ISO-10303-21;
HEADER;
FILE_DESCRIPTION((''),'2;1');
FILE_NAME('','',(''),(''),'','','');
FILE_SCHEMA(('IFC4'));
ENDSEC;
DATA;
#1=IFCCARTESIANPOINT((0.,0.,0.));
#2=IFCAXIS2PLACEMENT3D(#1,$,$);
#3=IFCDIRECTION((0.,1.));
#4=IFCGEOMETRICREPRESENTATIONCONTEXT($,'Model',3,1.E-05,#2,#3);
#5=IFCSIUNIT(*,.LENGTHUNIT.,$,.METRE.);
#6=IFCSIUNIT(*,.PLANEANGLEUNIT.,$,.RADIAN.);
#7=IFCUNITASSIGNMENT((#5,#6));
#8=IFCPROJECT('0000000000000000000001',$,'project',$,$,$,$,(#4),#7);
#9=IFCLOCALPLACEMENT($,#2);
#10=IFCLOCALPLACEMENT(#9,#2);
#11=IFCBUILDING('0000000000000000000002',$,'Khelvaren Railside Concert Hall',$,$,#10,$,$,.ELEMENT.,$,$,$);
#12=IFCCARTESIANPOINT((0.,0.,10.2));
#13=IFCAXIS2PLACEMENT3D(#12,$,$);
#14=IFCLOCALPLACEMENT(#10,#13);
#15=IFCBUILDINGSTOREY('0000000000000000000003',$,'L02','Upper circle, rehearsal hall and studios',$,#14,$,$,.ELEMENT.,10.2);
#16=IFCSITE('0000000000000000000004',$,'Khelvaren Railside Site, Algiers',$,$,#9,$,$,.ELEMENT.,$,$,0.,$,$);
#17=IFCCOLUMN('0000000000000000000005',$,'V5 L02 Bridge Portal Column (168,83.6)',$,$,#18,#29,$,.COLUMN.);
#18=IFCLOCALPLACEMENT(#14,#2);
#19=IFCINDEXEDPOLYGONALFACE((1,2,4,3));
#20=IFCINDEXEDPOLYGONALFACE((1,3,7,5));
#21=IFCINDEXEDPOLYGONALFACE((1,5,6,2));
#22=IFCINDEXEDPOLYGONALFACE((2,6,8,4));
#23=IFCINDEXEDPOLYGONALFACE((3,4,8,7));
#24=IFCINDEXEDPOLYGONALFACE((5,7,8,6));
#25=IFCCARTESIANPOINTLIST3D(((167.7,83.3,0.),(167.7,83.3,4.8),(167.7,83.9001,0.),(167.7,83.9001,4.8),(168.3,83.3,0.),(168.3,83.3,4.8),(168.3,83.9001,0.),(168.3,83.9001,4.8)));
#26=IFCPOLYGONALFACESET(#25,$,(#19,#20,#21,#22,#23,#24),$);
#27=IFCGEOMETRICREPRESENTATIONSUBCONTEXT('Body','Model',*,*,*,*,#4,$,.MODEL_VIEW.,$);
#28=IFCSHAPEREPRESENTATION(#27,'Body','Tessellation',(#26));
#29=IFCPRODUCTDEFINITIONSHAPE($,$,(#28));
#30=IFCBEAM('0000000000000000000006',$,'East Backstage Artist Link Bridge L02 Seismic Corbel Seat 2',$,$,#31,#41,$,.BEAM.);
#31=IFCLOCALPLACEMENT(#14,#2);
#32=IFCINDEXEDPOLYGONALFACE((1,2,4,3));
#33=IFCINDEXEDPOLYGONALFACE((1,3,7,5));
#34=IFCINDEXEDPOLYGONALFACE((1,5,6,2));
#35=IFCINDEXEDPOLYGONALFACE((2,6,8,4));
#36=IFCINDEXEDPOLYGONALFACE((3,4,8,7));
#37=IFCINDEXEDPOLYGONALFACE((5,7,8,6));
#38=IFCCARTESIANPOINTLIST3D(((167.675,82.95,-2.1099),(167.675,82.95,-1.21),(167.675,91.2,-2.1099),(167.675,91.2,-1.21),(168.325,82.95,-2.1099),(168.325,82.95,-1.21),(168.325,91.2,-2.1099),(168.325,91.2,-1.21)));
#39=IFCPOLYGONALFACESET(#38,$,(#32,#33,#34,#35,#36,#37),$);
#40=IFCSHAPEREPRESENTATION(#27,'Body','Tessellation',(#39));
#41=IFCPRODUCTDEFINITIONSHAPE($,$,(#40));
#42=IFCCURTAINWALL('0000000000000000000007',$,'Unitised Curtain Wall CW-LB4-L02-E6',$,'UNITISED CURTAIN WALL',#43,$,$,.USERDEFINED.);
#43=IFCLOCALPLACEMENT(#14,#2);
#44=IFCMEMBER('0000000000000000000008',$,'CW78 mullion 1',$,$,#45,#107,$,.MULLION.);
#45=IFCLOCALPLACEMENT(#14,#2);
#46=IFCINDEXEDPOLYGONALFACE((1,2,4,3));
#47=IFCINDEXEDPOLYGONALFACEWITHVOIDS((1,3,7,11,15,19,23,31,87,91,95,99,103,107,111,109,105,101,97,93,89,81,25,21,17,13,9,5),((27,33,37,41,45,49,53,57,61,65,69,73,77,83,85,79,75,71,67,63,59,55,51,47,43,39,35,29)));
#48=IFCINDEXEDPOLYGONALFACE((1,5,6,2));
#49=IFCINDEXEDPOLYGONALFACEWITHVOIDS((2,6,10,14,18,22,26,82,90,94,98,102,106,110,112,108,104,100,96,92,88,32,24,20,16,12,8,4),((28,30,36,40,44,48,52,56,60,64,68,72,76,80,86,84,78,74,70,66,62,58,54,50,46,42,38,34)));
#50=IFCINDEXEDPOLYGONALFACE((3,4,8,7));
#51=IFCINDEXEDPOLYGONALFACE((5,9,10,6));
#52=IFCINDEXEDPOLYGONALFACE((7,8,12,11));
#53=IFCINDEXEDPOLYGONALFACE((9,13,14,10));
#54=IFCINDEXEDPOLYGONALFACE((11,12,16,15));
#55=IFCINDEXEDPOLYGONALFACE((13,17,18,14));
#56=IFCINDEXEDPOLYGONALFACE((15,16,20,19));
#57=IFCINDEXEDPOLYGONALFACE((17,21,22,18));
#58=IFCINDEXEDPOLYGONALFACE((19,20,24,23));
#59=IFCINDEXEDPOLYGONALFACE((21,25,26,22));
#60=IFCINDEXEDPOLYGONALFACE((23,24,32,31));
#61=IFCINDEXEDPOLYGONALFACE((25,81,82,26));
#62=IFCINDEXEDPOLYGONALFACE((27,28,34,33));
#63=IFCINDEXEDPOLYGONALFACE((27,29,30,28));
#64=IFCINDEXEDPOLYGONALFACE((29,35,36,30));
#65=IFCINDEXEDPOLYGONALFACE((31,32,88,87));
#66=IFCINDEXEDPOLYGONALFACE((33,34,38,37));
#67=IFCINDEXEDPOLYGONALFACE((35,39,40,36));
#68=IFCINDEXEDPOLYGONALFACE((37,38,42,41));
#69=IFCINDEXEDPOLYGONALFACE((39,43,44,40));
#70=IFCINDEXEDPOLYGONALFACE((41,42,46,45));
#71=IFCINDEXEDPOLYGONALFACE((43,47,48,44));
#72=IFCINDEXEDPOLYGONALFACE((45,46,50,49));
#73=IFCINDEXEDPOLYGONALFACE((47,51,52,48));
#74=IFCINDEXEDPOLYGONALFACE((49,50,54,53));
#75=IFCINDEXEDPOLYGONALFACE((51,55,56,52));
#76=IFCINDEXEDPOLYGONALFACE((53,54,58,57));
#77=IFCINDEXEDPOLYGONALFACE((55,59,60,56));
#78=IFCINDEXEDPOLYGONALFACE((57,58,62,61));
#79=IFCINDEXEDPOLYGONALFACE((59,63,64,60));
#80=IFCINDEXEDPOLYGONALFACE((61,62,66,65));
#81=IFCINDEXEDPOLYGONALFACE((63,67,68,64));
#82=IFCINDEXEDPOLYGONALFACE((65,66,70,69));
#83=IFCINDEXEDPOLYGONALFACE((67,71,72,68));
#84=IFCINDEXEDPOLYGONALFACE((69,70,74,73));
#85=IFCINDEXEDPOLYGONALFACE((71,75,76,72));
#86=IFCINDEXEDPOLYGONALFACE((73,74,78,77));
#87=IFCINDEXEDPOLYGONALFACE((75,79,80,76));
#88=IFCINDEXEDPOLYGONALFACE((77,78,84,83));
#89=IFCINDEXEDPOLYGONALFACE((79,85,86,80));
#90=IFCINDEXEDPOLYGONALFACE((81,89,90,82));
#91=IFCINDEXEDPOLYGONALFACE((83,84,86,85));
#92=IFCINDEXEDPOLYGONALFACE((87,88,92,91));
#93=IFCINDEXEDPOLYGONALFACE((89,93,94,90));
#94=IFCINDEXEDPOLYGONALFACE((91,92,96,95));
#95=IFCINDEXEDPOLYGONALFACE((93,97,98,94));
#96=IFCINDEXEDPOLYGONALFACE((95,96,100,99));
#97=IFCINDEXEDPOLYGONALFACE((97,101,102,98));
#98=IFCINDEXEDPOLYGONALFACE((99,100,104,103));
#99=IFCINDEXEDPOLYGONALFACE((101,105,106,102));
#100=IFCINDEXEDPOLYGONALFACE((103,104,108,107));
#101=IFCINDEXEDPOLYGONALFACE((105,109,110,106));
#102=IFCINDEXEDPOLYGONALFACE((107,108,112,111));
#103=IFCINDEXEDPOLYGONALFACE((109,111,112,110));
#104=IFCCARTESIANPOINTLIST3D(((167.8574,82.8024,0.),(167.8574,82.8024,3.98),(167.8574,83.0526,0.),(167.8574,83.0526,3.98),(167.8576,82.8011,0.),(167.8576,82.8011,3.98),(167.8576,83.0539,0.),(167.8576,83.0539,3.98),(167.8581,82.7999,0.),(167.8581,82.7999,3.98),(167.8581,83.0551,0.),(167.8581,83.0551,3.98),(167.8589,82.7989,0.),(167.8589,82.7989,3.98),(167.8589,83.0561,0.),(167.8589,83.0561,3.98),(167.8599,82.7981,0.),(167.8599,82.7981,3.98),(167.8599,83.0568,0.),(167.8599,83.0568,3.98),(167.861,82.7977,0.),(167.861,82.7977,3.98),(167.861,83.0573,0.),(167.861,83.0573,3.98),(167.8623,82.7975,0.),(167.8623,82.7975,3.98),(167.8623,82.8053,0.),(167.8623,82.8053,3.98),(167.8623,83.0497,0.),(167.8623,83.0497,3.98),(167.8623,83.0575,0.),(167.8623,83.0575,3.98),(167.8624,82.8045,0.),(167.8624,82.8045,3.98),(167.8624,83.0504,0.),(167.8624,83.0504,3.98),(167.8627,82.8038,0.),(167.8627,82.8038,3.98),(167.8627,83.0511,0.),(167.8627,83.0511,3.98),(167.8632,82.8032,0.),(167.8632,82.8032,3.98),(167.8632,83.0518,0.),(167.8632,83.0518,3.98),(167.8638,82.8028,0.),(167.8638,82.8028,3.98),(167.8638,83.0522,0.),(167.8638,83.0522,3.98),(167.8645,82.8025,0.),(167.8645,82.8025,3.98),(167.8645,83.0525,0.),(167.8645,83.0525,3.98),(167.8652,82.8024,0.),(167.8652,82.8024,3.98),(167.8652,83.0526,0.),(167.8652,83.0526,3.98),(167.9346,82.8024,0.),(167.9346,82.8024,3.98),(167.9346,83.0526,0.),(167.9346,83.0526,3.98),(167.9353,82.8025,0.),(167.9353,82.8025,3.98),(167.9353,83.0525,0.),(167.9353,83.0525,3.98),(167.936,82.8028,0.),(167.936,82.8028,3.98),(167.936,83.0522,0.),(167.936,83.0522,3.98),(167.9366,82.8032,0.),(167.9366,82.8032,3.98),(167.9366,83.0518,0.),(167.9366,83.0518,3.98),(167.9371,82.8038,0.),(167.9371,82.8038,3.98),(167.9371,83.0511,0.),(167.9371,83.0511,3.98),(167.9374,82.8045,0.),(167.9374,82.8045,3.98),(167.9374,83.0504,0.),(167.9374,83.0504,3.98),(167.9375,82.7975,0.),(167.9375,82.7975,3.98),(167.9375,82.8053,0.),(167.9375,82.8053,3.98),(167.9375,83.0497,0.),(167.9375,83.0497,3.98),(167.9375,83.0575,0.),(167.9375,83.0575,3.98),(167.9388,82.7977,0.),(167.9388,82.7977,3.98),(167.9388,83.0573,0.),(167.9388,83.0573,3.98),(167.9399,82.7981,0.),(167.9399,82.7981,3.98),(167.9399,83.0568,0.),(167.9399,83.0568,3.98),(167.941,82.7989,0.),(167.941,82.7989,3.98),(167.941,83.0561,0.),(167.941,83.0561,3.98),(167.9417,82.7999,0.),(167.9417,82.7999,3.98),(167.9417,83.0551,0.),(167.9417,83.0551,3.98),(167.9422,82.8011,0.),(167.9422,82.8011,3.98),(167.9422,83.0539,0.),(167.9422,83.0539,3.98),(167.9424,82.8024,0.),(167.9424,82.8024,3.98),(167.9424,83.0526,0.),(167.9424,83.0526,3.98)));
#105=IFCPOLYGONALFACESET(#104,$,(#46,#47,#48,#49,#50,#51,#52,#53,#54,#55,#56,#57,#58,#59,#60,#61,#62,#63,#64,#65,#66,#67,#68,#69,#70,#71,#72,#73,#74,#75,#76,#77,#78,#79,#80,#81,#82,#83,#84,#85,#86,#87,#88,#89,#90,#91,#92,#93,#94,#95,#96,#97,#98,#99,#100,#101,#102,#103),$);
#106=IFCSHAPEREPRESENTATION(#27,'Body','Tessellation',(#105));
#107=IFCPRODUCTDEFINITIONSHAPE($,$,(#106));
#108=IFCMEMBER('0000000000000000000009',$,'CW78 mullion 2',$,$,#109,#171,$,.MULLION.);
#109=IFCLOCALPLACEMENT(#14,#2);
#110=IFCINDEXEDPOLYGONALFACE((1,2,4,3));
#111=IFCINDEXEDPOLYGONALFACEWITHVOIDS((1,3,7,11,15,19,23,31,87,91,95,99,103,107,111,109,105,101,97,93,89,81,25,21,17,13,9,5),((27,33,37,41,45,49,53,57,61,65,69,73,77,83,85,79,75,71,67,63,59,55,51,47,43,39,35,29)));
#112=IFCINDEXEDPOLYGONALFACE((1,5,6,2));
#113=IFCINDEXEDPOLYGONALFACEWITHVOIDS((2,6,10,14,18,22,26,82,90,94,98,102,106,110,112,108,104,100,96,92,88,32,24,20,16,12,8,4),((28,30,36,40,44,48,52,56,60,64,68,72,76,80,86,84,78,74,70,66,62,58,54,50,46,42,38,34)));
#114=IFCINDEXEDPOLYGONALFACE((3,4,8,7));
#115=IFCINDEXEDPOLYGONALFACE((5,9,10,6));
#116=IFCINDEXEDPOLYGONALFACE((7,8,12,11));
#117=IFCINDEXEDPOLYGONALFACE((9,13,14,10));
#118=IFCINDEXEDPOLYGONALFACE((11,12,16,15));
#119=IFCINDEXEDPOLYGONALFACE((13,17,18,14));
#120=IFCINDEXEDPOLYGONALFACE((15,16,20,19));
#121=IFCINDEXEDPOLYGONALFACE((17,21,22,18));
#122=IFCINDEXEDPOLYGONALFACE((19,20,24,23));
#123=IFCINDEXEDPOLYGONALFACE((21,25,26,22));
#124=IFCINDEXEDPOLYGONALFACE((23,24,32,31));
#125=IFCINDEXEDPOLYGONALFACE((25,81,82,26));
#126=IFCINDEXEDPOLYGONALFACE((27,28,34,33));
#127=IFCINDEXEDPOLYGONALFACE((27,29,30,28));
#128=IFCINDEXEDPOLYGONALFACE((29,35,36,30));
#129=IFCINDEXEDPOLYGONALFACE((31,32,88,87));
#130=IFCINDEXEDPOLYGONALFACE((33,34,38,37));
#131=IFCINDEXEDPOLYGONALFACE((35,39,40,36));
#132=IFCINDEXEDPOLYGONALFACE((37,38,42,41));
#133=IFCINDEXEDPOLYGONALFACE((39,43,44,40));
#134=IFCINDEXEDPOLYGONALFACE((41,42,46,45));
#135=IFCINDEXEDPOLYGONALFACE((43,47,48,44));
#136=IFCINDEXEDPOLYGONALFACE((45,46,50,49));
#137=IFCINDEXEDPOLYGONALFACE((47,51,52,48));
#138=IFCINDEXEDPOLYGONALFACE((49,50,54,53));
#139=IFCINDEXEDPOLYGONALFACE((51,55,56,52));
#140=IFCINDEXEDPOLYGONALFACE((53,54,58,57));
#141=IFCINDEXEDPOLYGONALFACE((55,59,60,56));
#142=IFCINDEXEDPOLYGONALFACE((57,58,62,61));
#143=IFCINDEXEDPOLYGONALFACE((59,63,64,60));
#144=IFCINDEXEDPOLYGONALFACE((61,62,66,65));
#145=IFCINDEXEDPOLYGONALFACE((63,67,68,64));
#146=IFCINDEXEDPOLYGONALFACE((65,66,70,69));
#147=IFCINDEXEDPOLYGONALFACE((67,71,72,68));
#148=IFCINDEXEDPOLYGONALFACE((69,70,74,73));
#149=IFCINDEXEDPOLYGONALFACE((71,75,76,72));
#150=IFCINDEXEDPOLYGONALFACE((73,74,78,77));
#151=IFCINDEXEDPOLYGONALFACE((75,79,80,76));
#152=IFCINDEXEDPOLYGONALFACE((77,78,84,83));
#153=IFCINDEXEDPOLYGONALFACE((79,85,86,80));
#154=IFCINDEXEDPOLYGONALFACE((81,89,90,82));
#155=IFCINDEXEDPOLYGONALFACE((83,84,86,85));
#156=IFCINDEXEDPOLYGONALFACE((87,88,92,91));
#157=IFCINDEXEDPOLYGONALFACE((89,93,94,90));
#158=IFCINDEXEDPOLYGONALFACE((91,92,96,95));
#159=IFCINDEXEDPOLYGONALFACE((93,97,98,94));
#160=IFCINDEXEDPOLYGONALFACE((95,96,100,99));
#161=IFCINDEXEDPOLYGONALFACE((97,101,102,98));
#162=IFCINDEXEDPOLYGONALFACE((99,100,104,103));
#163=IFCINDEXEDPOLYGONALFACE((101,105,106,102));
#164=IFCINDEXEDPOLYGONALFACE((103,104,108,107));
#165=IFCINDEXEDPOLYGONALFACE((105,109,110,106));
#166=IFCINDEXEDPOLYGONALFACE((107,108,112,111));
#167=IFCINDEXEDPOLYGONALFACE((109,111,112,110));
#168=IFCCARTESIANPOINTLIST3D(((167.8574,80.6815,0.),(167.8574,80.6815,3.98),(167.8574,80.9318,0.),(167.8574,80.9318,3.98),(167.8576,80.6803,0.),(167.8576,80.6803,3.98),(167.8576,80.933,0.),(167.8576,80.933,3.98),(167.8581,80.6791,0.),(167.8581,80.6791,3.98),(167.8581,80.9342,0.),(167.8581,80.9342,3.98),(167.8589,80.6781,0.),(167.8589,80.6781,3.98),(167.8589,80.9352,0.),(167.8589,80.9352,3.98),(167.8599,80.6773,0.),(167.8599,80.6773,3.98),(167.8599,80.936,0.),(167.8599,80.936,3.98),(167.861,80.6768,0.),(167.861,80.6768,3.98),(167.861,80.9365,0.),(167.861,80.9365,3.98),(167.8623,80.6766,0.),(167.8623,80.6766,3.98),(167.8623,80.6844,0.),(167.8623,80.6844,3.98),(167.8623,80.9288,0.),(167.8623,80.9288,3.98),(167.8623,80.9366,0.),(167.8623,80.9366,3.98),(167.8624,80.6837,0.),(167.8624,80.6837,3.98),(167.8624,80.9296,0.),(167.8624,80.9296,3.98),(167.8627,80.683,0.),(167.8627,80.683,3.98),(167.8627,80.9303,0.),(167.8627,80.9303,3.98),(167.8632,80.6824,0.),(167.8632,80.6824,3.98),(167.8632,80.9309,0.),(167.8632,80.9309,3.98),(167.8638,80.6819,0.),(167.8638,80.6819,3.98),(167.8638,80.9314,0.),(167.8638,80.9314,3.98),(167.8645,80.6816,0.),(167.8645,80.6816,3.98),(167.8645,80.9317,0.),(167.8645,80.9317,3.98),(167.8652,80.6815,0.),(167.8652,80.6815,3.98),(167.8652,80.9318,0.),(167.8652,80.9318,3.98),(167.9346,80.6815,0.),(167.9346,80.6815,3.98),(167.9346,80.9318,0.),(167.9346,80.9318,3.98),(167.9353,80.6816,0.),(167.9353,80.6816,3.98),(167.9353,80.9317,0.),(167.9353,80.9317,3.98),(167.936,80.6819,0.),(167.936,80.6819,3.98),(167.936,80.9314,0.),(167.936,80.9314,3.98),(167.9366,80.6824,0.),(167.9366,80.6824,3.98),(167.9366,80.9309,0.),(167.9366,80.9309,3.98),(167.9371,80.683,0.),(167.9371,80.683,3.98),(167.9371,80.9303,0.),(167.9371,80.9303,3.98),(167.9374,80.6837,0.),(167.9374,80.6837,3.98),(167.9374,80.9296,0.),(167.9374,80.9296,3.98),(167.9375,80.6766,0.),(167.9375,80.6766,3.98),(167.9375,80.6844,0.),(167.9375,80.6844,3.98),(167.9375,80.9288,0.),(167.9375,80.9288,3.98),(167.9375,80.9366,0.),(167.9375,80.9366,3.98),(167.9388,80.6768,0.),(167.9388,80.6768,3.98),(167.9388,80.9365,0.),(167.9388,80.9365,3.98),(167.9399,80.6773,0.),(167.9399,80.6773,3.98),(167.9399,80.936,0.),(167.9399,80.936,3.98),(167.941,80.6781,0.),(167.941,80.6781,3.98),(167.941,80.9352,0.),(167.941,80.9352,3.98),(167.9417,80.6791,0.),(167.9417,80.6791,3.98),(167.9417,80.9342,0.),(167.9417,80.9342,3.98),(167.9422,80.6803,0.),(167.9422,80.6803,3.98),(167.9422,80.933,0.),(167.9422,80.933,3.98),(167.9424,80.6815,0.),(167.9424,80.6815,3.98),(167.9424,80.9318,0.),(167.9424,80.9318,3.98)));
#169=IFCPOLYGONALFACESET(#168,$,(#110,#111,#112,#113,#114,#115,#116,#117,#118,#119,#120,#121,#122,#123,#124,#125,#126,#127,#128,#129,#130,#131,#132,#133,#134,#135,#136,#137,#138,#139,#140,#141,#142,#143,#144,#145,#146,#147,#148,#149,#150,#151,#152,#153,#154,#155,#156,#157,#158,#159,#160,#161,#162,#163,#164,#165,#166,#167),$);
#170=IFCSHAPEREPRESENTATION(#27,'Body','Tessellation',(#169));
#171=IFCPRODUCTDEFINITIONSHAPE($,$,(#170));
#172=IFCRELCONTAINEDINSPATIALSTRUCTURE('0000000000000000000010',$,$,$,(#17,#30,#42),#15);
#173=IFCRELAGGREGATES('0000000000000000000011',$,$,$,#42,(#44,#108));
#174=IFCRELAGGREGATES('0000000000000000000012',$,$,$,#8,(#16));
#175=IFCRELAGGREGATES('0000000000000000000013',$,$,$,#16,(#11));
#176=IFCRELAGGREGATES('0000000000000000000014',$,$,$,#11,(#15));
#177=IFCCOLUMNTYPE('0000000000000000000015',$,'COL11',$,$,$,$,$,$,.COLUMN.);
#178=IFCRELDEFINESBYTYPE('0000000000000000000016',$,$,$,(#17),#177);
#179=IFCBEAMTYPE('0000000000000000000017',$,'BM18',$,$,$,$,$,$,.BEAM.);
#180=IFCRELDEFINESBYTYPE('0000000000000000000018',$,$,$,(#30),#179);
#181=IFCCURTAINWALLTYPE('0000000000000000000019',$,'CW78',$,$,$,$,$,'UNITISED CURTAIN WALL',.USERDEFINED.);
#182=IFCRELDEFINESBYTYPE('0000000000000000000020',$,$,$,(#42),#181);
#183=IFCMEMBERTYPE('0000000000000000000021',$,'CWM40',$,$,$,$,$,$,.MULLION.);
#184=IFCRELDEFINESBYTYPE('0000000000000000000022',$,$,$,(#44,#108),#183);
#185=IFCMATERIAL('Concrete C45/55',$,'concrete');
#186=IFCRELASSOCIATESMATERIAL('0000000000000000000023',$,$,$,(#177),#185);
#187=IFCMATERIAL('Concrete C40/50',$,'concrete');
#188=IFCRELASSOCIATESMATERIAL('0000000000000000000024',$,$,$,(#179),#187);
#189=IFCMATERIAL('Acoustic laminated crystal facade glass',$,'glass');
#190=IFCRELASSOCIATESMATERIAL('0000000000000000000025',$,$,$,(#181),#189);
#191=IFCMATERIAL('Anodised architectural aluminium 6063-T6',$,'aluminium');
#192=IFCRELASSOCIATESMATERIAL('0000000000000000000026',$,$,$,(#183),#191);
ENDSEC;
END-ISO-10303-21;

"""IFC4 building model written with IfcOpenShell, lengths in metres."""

from ifc_helpers import new_model, si_unit, direction, frame, origin, origin_2d, place, context, subcontext, project, spatial, rectangle, hollow_rectangle, extrude, material, material_profile, profile_set, type_object, element, aggregate, save


model = new_model("IFC4")

# Units and contexts
model_context = context("Model", 3, precision=1e-05, world=origin(), true_north=direction((0.0, 1.0)))
body_context = subcontext(model_context, "Body", "Model", "MODEL_VIEW")
ifc_project = project(units=[si_unit("LENGTHUNIT", "METRE"), si_unit("PLANEANGLEUNIT", "RADIAN")], contexts=[model_context])

# Site, building, storey
site_placement = place(None, origin())
site = spatial("IfcSite", under=ifc_project, at=site_placement, Name="Khelvaren Railside Site, Algiers", CompositionType="ELEMENT", RefElevation=0.0)
building_placement = place(site_placement, origin())
building = spatial("IfcBuilding", under=site, at=building_placement, Name="Khelvaren Railside Concert Hall", CompositionType="ELEMENT")
storey_placement = place(building_placement, frame((0.0, 0.0, 10.2)))
storey = spatial("IfcBuildingStorey", under=building, at=storey_placement, Name="L02", Description="Upper circle, rehearsal hall and studios", CompositionType="ELEMENT", Elevation=10.2)

# Column
ifc_material_1 = material(Name="Concrete C45/55", Category="concrete")
ifc_material_profile_1 = material_profile(ifc_material_1, rectangle(XDim=0.6001, YDim=0.6001, at=origin_2d()), Name="RC 600x600")
ifc_profile_set_1 = profile_set([ifc_material_profile_1], Name="Concrete C45/55")
column_type = type_object("IfcColumnType", Name="COL11", PredefinedType="COLUMN", material=ifc_profile_set_1)
column_placement = place(storey_placement, frame((168.0, 83.6001, 0.0), z_axis=(0.0, 0.0, 1.0), x_axis=(1.0, 0.0, 0.0)))
element("IfcColumn", 1, at=column_placement, inside=storey, type_object=column_type, Name="V5 L02 Bridge Portal Column (168,83.6)", PredefinedType="COLUMN", context=body_context, shape_type="SweptSolid", body=[
    extrude(rectangle(XDim=0.6001, YDim=0.6001, at=origin_2d()), origin(), (0.0, 0.0, 1.0), 4.8),
])

# Beam
ifc_material_2 = material(Name="Concrete C40/50", Category="concrete")
ifc_material_profile_2 = material_profile(ifc_material_2, rectangle(XDim=0.6499, YDim=0.8999, at=origin_2d()), Name="RCB 650x900")
ifc_profile_set_2 = profile_set([ifc_material_profile_2], Name="Concrete C40/50")
beam_type_1 = type_object("IfcBeamType", Name="BM18", PredefinedType="BEAM", material=ifc_profile_set_2)
beam_1_placement = place(storey_placement, frame((168.0, 82.95, -1.6599), z_axis=(0.0, 1.0, 0.0), x_axis=(-1.0, 0.0, 0.0)))
element("IfcBeam", 2, at=beam_1_placement, inside=storey, type_object=beam_type_1, Name="East Backstage Artist Link Bridge L02 Seismic Corbel Seat 2", PredefinedType="BEAM", context=body_context, shape_type="SweptSolid", body=[
    extrude(rectangle(XDim=0.6499, YDim=0.8999, at=origin_2d()), origin(), (0.0, 0.0, 1.0), 8.25),
])

# Curtain wall, members
ifc_material_3 = material(Name="Acoustic laminated crystal facade glass", Category="glass")
curtain_wall_type = type_object("IfcCurtainWallType", Name="CW78", ElementType="UNITISED CURTAIN WALL", PredefinedType="USERDEFINED", material=ifc_material_3)
curtain_wall_placement = place(storey_placement, origin())
curtain_wall = element("IfcCurtainWall", 3, at=curtain_wall_placement, inside=storey, type_object=curtain_wall_type, Name="Unitised Curtain Wall CW-LB4-L02-E6", ObjectType="UNITISED CURTAIN WALL", PredefinedType="USERDEFINED")
ifc_material_4 = material(Name="Anodised architectural aluminium 6063-T6", Category="aluminium")
ifc_material_profile_3 = material_profile(ifc_material_4, hollow_rectangle(XDim=0.085, YDim=0.26, WallThickness=0.0049, InnerFilletRadius=0.0029, OuterFilletRadius=0.0049, at=origin_2d()), Name="CWM 85x260x5")
ifc_profile_set_3 = profile_set([ifc_material_profile_3], Name="Anodised architectural aluminium 6063-T6")
member_type_1 = type_object("IfcMemberType", Name="CWM40", PredefinedType="MULLION", material=ifc_profile_set_3)
member_1_placement = place(storey_placement, frame((167.8999, 82.9275, 0.0), z_axis=(0.0, 0.0, 1.0), x_axis=(1.0, 0.0, 0.0)))
member_1 = element("IfcMember", 4, at=member_1_placement, type_object=member_type_1, Name="CW78 mullion 1", PredefinedType="MULLION", context=body_context, shape_type="SweptSolid", body=[
    extrude(hollow_rectangle(XDim=0.085, YDim=0.26, WallThickness=0.0049, InnerFilletRadius=0.0029, OuterFilletRadius=0.0049, at=origin_2d()), origin(), (0.0, 0.0, 1.0), 3.98),
])
member_2_placement = place(storey_placement, frame((167.8999, 80.8066, 0.0), z_axis=(0.0, 0.0, 1.0), x_axis=(1.0, 0.0, 0.0)))
member_2 = element("IfcMember", 5, at=member_2_placement, type_object=member_type_1, Name="CW78 mullion 2", PredefinedType="MULLION", context=body_context, shape_type="SweptSolid", body=[
    extrude(hollow_rectangle(XDim=0.085, YDim=0.26, WallThickness=0.0049, InnerFilletRadius=0.0029, OuterFilletRadius=0.0049, at=origin_2d()), origin(), (0.0, 0.0, 1.0), 3.98),
])

aggregate(curtain_wall, [member_1, member_2])

save(model, "model.ifc")
